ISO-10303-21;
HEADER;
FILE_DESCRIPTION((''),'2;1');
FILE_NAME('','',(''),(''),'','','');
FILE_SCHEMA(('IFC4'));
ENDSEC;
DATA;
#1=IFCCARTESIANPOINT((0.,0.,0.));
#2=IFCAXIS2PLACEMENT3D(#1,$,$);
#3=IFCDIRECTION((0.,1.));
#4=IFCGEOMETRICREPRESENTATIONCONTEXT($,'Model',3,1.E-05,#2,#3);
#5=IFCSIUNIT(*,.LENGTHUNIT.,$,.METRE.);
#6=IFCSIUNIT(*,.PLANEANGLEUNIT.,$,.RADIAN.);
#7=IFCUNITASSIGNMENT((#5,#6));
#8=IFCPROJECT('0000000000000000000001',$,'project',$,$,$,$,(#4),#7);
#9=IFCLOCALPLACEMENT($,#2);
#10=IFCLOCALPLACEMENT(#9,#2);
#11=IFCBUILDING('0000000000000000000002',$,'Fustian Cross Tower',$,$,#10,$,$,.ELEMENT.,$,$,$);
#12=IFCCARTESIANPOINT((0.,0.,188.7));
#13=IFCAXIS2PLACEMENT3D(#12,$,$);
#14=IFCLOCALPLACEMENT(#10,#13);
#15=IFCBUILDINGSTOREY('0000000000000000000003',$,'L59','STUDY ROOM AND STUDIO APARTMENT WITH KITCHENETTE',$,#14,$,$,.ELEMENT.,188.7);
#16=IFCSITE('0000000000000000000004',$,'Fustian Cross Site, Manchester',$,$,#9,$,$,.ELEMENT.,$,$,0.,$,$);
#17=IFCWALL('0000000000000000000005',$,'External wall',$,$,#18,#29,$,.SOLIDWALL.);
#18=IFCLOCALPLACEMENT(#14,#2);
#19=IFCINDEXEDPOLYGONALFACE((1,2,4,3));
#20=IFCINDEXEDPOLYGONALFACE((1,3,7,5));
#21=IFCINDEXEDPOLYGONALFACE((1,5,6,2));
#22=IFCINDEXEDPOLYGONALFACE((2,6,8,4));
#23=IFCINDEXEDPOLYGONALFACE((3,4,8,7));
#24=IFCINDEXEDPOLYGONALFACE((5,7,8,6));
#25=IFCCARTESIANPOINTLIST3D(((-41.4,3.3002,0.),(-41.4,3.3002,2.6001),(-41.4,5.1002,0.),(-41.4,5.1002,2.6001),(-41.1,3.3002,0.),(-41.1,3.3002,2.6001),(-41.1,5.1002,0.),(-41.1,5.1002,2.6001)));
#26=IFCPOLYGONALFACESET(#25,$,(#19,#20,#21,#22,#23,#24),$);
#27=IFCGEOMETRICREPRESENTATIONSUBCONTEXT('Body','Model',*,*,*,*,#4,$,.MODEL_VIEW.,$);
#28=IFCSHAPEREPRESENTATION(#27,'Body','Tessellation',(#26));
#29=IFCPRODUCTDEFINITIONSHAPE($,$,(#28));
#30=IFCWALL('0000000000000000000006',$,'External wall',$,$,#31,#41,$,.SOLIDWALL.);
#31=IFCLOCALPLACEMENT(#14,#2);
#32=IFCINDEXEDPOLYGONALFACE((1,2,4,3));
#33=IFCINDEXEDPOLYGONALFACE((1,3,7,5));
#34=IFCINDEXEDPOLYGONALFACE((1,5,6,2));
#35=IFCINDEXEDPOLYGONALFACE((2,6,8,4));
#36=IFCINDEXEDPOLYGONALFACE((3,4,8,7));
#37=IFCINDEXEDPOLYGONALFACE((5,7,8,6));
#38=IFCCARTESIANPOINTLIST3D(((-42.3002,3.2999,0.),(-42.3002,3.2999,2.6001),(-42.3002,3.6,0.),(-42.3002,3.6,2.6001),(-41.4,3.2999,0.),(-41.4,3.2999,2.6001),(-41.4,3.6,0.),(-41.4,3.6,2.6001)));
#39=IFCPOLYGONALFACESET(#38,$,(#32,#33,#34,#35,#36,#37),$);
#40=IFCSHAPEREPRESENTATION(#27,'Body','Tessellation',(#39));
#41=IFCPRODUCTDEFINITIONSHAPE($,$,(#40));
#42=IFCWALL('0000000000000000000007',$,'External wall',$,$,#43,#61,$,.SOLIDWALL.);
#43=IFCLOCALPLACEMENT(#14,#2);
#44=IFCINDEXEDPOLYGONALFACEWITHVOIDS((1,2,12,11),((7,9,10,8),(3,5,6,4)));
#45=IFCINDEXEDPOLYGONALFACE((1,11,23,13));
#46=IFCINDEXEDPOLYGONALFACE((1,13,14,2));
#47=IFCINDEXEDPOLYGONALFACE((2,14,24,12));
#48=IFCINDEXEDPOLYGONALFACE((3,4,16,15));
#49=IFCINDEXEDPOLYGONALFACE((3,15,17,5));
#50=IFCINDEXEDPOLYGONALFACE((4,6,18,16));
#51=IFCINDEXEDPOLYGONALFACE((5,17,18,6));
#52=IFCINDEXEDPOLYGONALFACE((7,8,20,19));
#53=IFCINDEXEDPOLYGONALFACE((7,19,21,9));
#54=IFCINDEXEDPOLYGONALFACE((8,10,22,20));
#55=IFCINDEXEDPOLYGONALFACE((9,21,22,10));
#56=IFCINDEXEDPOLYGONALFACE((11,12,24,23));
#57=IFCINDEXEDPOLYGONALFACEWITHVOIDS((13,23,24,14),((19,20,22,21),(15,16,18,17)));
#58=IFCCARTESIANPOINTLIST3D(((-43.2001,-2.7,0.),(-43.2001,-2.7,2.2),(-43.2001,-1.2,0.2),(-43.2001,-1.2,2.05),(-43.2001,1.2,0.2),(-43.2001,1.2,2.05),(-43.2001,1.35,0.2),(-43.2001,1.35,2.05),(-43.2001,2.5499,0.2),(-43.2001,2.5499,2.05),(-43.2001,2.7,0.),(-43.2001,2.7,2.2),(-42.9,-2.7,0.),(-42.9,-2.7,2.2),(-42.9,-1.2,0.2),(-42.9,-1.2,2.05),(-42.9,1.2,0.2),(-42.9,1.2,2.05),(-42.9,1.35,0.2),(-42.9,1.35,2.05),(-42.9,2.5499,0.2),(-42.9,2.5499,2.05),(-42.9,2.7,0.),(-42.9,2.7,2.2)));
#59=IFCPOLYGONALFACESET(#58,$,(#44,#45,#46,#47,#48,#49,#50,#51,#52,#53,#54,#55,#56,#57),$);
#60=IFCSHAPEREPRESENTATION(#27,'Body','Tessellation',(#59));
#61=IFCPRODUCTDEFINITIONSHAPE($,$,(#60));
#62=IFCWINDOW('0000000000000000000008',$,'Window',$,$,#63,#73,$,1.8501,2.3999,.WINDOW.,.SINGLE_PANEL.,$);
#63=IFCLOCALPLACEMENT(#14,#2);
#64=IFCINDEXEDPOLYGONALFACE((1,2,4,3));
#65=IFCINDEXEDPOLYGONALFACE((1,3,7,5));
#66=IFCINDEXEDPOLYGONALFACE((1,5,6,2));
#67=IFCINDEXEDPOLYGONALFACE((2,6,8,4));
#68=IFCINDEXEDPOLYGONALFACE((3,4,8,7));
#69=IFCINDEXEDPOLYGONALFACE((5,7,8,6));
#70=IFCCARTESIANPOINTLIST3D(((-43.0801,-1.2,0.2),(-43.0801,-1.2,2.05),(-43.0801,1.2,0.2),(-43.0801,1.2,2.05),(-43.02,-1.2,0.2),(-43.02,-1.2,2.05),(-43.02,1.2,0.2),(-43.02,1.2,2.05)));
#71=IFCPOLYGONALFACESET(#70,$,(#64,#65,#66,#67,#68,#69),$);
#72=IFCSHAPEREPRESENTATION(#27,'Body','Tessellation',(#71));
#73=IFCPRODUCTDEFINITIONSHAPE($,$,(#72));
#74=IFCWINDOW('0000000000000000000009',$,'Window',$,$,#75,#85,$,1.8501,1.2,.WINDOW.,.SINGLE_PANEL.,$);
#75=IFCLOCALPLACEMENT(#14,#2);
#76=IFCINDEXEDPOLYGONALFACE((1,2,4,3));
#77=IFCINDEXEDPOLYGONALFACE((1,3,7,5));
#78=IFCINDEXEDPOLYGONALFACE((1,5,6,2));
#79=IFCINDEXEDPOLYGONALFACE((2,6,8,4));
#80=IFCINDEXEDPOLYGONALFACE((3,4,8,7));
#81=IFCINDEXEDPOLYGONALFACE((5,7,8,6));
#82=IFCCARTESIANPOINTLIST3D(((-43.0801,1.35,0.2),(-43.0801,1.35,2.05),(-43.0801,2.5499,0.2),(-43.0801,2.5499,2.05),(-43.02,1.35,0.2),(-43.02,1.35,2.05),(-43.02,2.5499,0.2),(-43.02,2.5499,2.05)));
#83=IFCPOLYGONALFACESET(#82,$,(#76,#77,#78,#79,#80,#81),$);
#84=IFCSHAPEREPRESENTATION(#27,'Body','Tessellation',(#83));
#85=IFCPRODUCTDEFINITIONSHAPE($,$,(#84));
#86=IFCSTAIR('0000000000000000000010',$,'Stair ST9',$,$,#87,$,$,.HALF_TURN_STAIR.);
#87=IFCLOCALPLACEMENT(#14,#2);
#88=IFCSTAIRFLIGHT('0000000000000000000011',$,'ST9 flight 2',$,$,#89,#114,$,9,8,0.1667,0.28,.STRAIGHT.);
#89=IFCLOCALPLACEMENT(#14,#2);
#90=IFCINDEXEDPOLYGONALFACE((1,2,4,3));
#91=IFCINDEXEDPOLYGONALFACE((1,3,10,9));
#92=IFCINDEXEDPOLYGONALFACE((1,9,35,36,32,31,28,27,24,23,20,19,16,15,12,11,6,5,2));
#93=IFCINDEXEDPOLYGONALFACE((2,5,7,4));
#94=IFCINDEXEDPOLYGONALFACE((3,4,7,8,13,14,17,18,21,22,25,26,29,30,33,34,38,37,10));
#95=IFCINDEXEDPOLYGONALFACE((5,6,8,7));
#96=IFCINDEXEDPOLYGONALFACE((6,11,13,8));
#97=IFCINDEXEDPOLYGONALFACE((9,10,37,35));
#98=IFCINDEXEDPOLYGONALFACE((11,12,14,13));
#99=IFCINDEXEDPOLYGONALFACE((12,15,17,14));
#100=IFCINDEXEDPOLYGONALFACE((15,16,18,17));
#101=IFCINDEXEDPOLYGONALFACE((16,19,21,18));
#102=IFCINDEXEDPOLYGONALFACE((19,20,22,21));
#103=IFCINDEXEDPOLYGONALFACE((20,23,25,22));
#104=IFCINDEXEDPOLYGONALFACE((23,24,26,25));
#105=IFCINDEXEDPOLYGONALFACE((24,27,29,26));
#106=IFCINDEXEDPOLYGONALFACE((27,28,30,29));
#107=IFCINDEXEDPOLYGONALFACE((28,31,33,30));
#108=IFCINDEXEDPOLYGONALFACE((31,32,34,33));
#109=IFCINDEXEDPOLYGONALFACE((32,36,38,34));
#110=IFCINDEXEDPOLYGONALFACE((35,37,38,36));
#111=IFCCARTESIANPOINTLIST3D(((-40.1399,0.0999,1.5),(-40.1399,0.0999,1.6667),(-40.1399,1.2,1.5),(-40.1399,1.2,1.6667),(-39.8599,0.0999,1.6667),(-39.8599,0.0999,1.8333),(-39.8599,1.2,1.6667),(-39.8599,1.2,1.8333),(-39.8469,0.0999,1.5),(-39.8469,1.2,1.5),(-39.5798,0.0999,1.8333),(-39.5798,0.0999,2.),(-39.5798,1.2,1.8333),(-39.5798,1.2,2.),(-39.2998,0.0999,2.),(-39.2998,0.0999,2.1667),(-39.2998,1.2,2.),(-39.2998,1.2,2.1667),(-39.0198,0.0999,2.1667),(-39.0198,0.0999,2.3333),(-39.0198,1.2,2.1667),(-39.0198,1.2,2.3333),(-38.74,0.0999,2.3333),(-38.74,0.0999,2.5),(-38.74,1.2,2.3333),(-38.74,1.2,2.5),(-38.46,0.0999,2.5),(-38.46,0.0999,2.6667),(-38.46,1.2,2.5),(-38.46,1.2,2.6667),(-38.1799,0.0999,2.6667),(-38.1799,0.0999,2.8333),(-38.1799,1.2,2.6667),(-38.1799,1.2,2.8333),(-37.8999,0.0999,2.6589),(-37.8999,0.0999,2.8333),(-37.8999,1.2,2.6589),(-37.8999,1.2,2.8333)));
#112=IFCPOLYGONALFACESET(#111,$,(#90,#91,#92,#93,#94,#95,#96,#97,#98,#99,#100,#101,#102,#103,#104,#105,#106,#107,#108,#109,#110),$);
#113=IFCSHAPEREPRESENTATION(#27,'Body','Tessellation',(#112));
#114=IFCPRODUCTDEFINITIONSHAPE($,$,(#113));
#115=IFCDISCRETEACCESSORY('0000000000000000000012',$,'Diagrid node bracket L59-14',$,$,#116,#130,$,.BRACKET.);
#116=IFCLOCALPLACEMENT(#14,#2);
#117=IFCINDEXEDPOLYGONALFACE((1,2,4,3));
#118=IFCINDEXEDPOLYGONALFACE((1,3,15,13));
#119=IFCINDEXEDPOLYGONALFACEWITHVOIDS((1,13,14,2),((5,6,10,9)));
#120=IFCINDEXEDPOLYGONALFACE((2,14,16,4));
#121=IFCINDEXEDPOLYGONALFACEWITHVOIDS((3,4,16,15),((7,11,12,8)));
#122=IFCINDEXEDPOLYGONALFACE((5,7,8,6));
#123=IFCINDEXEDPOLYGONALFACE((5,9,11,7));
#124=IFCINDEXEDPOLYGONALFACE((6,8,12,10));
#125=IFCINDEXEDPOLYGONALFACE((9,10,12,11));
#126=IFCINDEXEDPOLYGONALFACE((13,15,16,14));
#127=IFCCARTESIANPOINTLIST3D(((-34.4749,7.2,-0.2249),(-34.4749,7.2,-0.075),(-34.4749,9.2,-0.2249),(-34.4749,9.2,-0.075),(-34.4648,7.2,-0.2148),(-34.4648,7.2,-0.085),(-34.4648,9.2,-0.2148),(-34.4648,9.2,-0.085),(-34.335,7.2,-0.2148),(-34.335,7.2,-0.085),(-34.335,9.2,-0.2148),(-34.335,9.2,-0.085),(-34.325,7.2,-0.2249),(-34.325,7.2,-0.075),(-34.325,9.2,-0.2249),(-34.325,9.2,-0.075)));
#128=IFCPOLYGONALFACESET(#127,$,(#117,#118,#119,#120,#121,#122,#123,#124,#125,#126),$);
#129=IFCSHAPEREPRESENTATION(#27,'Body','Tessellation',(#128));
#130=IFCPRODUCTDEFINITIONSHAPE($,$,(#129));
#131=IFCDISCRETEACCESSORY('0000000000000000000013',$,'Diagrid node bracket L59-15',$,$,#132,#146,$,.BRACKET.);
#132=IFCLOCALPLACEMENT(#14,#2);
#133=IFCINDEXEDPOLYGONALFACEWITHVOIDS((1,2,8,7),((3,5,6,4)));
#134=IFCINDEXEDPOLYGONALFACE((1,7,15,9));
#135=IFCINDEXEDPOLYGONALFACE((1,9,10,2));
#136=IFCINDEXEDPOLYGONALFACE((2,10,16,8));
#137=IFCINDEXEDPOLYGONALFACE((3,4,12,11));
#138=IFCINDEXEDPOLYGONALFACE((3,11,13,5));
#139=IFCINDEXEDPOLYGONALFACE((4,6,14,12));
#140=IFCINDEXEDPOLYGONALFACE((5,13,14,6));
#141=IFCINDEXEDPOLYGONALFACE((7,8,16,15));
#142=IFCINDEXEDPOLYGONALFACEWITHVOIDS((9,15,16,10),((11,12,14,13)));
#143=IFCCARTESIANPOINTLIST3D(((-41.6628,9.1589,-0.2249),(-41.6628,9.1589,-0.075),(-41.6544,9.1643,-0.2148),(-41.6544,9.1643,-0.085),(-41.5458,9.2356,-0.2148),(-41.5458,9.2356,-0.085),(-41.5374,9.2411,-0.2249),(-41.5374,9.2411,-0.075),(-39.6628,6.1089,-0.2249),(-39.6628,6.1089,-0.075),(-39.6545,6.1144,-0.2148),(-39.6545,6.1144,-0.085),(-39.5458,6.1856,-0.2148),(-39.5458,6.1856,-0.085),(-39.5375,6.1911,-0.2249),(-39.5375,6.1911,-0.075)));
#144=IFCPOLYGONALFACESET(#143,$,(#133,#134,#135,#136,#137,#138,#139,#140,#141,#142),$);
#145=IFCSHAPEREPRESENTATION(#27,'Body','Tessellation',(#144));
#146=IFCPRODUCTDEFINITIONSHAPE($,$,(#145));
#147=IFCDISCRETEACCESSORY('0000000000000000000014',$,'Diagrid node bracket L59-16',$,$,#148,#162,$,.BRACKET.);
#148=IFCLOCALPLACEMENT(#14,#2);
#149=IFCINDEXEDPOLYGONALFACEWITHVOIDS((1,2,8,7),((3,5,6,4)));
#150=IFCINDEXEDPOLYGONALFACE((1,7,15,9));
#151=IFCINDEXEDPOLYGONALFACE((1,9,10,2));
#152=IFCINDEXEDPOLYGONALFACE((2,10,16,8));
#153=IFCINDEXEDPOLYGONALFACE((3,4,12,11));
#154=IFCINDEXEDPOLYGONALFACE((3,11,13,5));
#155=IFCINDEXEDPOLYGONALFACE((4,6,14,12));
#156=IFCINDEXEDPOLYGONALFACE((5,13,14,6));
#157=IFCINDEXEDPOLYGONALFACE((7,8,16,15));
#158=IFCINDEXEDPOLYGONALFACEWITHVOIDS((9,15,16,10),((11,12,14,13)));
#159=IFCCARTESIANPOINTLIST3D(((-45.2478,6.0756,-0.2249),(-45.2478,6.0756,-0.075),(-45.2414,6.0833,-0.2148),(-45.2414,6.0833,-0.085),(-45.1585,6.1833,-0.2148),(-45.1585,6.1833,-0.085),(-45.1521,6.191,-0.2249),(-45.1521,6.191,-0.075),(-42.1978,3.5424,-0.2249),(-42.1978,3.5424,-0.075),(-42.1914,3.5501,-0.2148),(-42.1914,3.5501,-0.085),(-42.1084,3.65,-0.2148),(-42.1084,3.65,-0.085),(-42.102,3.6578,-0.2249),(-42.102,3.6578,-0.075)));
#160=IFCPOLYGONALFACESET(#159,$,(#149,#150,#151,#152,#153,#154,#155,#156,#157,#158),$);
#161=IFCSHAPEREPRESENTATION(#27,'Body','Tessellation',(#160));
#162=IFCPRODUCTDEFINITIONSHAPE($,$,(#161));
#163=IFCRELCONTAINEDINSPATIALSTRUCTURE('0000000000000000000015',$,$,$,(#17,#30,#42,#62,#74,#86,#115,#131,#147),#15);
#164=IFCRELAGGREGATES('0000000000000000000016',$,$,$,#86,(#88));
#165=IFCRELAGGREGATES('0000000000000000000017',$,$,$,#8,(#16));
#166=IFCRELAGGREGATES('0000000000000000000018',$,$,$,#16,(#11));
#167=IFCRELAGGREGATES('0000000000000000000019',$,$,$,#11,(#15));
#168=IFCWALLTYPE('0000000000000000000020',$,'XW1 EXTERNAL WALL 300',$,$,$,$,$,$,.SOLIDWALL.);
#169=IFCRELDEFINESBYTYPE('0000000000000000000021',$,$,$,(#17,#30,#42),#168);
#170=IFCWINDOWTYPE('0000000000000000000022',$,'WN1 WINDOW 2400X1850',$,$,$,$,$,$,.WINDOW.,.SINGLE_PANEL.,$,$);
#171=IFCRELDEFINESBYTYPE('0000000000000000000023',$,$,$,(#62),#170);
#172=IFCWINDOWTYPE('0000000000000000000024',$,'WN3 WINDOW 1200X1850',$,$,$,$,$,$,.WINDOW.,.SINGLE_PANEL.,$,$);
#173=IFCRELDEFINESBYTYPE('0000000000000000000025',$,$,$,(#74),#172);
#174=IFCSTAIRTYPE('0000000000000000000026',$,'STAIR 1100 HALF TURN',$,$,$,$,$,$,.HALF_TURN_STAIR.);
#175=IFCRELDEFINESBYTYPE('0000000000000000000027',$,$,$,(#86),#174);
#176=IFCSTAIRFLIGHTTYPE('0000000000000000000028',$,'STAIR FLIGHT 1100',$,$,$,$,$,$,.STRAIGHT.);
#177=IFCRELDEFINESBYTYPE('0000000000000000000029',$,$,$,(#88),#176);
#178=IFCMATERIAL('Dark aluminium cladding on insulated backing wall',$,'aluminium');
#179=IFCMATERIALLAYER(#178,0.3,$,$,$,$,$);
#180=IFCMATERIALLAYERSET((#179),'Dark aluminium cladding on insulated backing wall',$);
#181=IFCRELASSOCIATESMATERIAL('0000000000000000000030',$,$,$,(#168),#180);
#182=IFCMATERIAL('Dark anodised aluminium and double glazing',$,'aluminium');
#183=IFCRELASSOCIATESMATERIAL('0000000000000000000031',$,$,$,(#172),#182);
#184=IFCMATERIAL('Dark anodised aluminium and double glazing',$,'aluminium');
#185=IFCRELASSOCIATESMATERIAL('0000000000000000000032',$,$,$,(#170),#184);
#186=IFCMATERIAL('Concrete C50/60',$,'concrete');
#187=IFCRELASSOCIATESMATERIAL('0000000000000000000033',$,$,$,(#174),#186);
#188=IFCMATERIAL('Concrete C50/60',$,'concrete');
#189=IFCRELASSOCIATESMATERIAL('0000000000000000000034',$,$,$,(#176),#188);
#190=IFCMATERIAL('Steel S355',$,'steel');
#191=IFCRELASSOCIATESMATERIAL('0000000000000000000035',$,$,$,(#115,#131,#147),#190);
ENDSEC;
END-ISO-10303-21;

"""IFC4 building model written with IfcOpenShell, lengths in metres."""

from ifc_helpers import new_model, si_unit, direction, frame, frame_2d, origin, origin_2d, place, context, subcontext, project, spatial, polyline, rectangle, hollow_rectangle, outline, extrude, material, layer, layer_set, type_object, element, fill, aggregate, save


model = new_model("IFC4")

# Units and contexts
model_context = context("Model", 3, precision=1e-05, world=origin(), true_north=direction((0.0, 1.0)))
body_context = subcontext(model_context, "Body", "Model", "MODEL_VIEW")
ifc_project = project(units=[si_unit("LENGTHUNIT", "METRE"), si_unit("PLANEANGLEUNIT", "RADIAN")], contexts=[model_context])

# Site, building, storey
site_placement = place(None, origin())
site = spatial("IfcSite", under=ifc_project, at=site_placement, Name="Fustian Cross Site, Manchester", CompositionType="ELEMENT", RefElevation=0.0)
building_placement = place(site_placement, origin())
building = spatial("IfcBuilding", under=site, at=building_placement, Name="Fustian Cross Tower", CompositionType="ELEMENT")
storey_placement = place(building_placement, frame((0.0, 0.0, 188.7)))
storey = spatial("IfcBuildingStorey", under=building, at=storey_placement, Name="L59", Description="STUDY ROOM AND STUDIO APARTMENT WITH KITCHENETTE", CompositionType="ELEMENT", Elevation=188.7)

# Shared definitions
ifc_material_1 = material(Name="Dark aluminium cladding on insulated backing wall", Category="aluminium")
ifc_layer_1 = layer(ifc_material_1, 0.3)
ifc_layer_set_1 = layer_set([ifc_layer_1], Name="Dark aluminium cladding on insulated backing wall")
wall_type_1 = type_object("IfcWallType", Name="XW1 EXTERNAL WALL 300", PredefinedType="SOLIDWALL", material=ifc_layer_set_1)
ifc_material_2 = material(Name="Dark anodised aluminium and double glazing", Category="aluminium")
window_type_1 = type_object("IfcWindowType", Name="WN3 WINDOW 1200X1850", PartitioningType="SINGLE_PANEL", PredefinedType="WINDOW", material=ifc_material_2)

# Walls
wall_1_placement = place(storey_placement, frame((-41.25, 5.1001, 0.0), z_axis=(0.0, 0.0, 1.0), x_axis=(0.0, -1.0, 0.0)))
element("IfcWall", 1, at=wall_1_placement, inside=storey, type_object=wall_type_1, Name="External wall", PredefinedType="SOLIDWALL", context=body_context, shape_type="SweptSolid", body=[
    extrude(rectangle(XDim=1.8, YDim=0.3, at=frame_2d((0.8999, 0.0))), origin(), (0.0, 0.0, 1.0), 2.6001),
])
wall_2_placement = place(storey_placement, frame((-41.3999, 3.45, 0.0), z_axis=(0.0, 0.0, 1.0), x_axis=(-1.0, 0.0, 0.0)))
element("IfcWall", 2, at=wall_2_placement, inside=storey, type_object=wall_type_1, Name="External wall", PredefinedType="SOLIDWALL", context=body_context, shape_type="SweptSolid", body=[
    extrude(rectangle(XDim=0.9001, YDim=0.3, at=frame_2d((0.4502, 0.0))), origin(), (0.0, 0.0, 1.0), 2.6001),
])

# Wall, openings, windows
wall_3_placement = place(storey_placement, frame((-43.05, 2.7, 0.0), z_axis=(0.0, 0.0, 1.0), x_axis=(0.0, -1.0, 0.0)))
wall_3 = element("IfcWall", 3, at=wall_3_placement, inside=storey, type_object=wall_type_1, Name="External wall", PredefinedType="SOLIDWALL", context=body_context, shape_type="SweptSolid", body=[
    extrude(rectangle(XDim=5.3999, YDim=0.3, at=frame_2d((2.7, 0.0))), origin(), (0.0, 0.0, 1.0), 2.2),
])
opening_1_placement = place(wall_3_placement, frame((1.5, 0.0, 0.2)))
opening_1 = element("IfcOpeningElement", 4, at=opening_1_placement, cuts=wall_3, PredefinedType="OPENING", context=body_context, shape_type="SweptSolid", body=[
    extrude(rectangle(XDim=2.3999, YDim=1.8501, at=frame_2d((1.2, 0.925))), frame((0.0, 0.1599, 0.0), z_axis=(0.0, -1.0, 0.0), x_axis=(1.0, 0.0, 0.0)), (0.0, 0.0, 1.0), 0.3201),
])
opening_2_placement = place(wall_3_placement, frame((0.1499, 0.0, 0.2)))
opening_2 = element("IfcOpeningElement", 5, at=opening_2_placement, cuts=wall_3, PredefinedType="OPENING", context=body_context, shape_type="SweptSolid", body=[
    extrude(rectangle(XDim=1.2, YDim=1.8501, at=frame_2d((0.6001, 0.925))), frame((0.0, 0.1599, 0.0), z_axis=(0.0, -1.0, 0.0), x_axis=(1.0, 0.0, 0.0)), (0.0, 0.0, 1.0), 0.3201),
])
ifc_material_3 = material(Name="Dark anodised aluminium and double glazing", Category="aluminium")
window_type_2 = type_object("IfcWindowType", Name="WN1 WINDOW 2400X1850", PartitioningType="SINGLE_PANEL", PredefinedType="WINDOW", material=ifc_material_3)
window_1_placement = place(opening_1_placement, origin())
window_1 = element("IfcWindow", 6, at=window_1_placement, inside=storey, type_object=window_type_2, Name="Window", OverallHeight=1.8501, OverallWidth=2.3999, PartitioningType="SINGLE_PANEL", PredefinedType="WINDOW", context=body_context, shape_type="SweptSolid", body=[
    extrude(rectangle(XDim=2.3999, YDim=1.8501, at=frame_2d((1.2, 0.925))), frame((0.0, 0.03, 0.0), z_axis=(0.0, -1.0, 0.0), x_axis=(1.0, 0.0, 0.0)), (0.0, 0.0, 1.0), 0.0601),
])
fill(opening_1, window_1)
window_2_placement = place(opening_2_placement, origin())
window_2 = element("IfcWindow", 7, at=window_2_placement, inside=storey, type_object=window_type_1, Name="Window", OverallHeight=1.8501, OverallWidth=1.2, PartitioningType="SINGLE_PANEL", PredefinedType="WINDOW", context=body_context, shape_type="SweptSolid", body=[
    extrude(rectangle(XDim=1.2, YDim=1.8501, at=frame_2d((0.6001, 0.925))), frame((0.0, 0.03, 0.0), z_axis=(0.0, -1.0, 0.0), x_axis=(1.0, 0.0, 0.0)), (0.0, 0.0, 1.0), 0.0601),
])
fill(opening_2, window_2)

# Stair, stair flight
ifc_material_4 = material(Name="Concrete C50/60", Category="concrete")
stair_type = type_object("IfcStairType", Name="STAIR 1100 HALF TURN", PredefinedType="HALF_TURN_STAIR", material=ifc_material_4)
stair_placement = place(storey_placement, origin())
stair = element("IfcStair", 8, at=stair_placement, inside=storey, type_object=stair_type, Name="Stair ST9", PredefinedType="HALF_TURN_STAIR")
ifc_material_5 = material(Name="Concrete C50/60", Category="concrete")
stair_flight_type = type_object("IfcStairFlightType", Name="STAIR FLIGHT 1100", PredefinedType="STRAIGHT", material=ifc_material_5)
stair_flight_placement = place(storey_placement, frame((-40.1399, 0.6499, 1.5), z_axis=(0.0, 0.0, 1.0), x_axis=(1.0, 0.0, 0.0)))
stair_flight = element("IfcStairFlight", 9, at=stair_flight_placement, type_object=stair_flight_type, Name="ST9 flight 2", NumberOfRisers=9, NumberOfTreads=8, PredefinedType="STRAIGHT", RiserHeight=0.1667, TreadLength=0.28, context=body_context, shape_type="SweptSolid", body=[
    extrude(outline(polyline([(0.0, 0.0), (0.0, 0.1667), (0.28, 0.1667), (0.28, 0.3333), (0.5601, 0.3333), (0.5601, 0.5), (0.8401, 0.5), (0.8401, 0.6667), (1.1201, 0.6667), (1.1201, 0.8333), (1.3999, 0.8333), (1.3999, 1.0), (1.6799, 1.0), (1.6799, 1.1667), (1.96, 1.1667), (1.96, 1.3333), (2.24, 1.3333), (2.24, 1.5), (2.24, 1.1589), (0.293, 0.0), (0.0, 0.0)])), frame((0.0, 0.55, 0.0), z_axis=(0.0, -1.0, 0.0), x_axis=(1.0, 0.0, 0.0)), (0.0, 0.0, 1.0), 1.1001),
])
aggregate(stair, [stair_flight])

# Discrete accessories
ifc_material_6 = material(Name="Steel S355", Category="steel")
discrete_accessory_1_placement = place(storey_placement, frame((-34.3999, 9.2, -0.1499), z_axis=(0.0, -1.0, 0.0), x_axis=(1.0, 0.0, 0.0)))
element("IfcDiscreteAccessory", 10, at=discrete_accessory_1_placement, inside=storey, material=ifc_material_6, Name="Diagrid node bracket L59-14", PredefinedType="BRACKET", context=body_context, shape_type="SweptSolid", body=[
    extrude(hollow_rectangle(XDim=0.1499, YDim=0.1499, WallThickness=0.01, at=origin_2d()), origin(), (0.0, 0.0, 1.0), 2.0),
])
discrete_accessory_2_placement = place(storey_placement, frame((-41.6001, 9.2, -0.1499), z_axis=(0.548351, -0.836248, 0.0), x_axis=(0.836248, 0.548351, 0.0)))
element("IfcDiscreteAccessory", 11, at=discrete_accessory_2_placement, inside=storey, material=ifc_material_6, Name="Diagrid node bracket L59-15", PredefinedType="BRACKET", context=body_context, shape_type="SweptSolid", body=[
    extrude(hollow_rectangle(XDim=0.1499, YDim=0.1499, WallThickness=0.01, at=origin_2d()), origin(), (0.0, 0.0, 1.0), 3.6472),
])
discrete_accessory_3_placement = place(storey_placement, frame((-45.2, 6.1333, -0.1499), z_axis=(0.769275, -0.638918, 0.0), x_axis=(0.638918, 0.769275, 0.0)))
element("IfcDiscreteAccessory", 12, at=discrete_accessory_3_placement, inside=storey, material=ifc_material_6, Name="Diagrid node bracket L59-16", PredefinedType="BRACKET", context=body_context, shape_type="SweptSolid", body=[
    extrude(hollow_rectangle(XDim=0.1499, YDim=0.1499, WallThickness=0.01, at=origin_2d()), origin(), (0.0, 0.0, 1.0), 3.9648),
])

save(model, "model.ifc")
